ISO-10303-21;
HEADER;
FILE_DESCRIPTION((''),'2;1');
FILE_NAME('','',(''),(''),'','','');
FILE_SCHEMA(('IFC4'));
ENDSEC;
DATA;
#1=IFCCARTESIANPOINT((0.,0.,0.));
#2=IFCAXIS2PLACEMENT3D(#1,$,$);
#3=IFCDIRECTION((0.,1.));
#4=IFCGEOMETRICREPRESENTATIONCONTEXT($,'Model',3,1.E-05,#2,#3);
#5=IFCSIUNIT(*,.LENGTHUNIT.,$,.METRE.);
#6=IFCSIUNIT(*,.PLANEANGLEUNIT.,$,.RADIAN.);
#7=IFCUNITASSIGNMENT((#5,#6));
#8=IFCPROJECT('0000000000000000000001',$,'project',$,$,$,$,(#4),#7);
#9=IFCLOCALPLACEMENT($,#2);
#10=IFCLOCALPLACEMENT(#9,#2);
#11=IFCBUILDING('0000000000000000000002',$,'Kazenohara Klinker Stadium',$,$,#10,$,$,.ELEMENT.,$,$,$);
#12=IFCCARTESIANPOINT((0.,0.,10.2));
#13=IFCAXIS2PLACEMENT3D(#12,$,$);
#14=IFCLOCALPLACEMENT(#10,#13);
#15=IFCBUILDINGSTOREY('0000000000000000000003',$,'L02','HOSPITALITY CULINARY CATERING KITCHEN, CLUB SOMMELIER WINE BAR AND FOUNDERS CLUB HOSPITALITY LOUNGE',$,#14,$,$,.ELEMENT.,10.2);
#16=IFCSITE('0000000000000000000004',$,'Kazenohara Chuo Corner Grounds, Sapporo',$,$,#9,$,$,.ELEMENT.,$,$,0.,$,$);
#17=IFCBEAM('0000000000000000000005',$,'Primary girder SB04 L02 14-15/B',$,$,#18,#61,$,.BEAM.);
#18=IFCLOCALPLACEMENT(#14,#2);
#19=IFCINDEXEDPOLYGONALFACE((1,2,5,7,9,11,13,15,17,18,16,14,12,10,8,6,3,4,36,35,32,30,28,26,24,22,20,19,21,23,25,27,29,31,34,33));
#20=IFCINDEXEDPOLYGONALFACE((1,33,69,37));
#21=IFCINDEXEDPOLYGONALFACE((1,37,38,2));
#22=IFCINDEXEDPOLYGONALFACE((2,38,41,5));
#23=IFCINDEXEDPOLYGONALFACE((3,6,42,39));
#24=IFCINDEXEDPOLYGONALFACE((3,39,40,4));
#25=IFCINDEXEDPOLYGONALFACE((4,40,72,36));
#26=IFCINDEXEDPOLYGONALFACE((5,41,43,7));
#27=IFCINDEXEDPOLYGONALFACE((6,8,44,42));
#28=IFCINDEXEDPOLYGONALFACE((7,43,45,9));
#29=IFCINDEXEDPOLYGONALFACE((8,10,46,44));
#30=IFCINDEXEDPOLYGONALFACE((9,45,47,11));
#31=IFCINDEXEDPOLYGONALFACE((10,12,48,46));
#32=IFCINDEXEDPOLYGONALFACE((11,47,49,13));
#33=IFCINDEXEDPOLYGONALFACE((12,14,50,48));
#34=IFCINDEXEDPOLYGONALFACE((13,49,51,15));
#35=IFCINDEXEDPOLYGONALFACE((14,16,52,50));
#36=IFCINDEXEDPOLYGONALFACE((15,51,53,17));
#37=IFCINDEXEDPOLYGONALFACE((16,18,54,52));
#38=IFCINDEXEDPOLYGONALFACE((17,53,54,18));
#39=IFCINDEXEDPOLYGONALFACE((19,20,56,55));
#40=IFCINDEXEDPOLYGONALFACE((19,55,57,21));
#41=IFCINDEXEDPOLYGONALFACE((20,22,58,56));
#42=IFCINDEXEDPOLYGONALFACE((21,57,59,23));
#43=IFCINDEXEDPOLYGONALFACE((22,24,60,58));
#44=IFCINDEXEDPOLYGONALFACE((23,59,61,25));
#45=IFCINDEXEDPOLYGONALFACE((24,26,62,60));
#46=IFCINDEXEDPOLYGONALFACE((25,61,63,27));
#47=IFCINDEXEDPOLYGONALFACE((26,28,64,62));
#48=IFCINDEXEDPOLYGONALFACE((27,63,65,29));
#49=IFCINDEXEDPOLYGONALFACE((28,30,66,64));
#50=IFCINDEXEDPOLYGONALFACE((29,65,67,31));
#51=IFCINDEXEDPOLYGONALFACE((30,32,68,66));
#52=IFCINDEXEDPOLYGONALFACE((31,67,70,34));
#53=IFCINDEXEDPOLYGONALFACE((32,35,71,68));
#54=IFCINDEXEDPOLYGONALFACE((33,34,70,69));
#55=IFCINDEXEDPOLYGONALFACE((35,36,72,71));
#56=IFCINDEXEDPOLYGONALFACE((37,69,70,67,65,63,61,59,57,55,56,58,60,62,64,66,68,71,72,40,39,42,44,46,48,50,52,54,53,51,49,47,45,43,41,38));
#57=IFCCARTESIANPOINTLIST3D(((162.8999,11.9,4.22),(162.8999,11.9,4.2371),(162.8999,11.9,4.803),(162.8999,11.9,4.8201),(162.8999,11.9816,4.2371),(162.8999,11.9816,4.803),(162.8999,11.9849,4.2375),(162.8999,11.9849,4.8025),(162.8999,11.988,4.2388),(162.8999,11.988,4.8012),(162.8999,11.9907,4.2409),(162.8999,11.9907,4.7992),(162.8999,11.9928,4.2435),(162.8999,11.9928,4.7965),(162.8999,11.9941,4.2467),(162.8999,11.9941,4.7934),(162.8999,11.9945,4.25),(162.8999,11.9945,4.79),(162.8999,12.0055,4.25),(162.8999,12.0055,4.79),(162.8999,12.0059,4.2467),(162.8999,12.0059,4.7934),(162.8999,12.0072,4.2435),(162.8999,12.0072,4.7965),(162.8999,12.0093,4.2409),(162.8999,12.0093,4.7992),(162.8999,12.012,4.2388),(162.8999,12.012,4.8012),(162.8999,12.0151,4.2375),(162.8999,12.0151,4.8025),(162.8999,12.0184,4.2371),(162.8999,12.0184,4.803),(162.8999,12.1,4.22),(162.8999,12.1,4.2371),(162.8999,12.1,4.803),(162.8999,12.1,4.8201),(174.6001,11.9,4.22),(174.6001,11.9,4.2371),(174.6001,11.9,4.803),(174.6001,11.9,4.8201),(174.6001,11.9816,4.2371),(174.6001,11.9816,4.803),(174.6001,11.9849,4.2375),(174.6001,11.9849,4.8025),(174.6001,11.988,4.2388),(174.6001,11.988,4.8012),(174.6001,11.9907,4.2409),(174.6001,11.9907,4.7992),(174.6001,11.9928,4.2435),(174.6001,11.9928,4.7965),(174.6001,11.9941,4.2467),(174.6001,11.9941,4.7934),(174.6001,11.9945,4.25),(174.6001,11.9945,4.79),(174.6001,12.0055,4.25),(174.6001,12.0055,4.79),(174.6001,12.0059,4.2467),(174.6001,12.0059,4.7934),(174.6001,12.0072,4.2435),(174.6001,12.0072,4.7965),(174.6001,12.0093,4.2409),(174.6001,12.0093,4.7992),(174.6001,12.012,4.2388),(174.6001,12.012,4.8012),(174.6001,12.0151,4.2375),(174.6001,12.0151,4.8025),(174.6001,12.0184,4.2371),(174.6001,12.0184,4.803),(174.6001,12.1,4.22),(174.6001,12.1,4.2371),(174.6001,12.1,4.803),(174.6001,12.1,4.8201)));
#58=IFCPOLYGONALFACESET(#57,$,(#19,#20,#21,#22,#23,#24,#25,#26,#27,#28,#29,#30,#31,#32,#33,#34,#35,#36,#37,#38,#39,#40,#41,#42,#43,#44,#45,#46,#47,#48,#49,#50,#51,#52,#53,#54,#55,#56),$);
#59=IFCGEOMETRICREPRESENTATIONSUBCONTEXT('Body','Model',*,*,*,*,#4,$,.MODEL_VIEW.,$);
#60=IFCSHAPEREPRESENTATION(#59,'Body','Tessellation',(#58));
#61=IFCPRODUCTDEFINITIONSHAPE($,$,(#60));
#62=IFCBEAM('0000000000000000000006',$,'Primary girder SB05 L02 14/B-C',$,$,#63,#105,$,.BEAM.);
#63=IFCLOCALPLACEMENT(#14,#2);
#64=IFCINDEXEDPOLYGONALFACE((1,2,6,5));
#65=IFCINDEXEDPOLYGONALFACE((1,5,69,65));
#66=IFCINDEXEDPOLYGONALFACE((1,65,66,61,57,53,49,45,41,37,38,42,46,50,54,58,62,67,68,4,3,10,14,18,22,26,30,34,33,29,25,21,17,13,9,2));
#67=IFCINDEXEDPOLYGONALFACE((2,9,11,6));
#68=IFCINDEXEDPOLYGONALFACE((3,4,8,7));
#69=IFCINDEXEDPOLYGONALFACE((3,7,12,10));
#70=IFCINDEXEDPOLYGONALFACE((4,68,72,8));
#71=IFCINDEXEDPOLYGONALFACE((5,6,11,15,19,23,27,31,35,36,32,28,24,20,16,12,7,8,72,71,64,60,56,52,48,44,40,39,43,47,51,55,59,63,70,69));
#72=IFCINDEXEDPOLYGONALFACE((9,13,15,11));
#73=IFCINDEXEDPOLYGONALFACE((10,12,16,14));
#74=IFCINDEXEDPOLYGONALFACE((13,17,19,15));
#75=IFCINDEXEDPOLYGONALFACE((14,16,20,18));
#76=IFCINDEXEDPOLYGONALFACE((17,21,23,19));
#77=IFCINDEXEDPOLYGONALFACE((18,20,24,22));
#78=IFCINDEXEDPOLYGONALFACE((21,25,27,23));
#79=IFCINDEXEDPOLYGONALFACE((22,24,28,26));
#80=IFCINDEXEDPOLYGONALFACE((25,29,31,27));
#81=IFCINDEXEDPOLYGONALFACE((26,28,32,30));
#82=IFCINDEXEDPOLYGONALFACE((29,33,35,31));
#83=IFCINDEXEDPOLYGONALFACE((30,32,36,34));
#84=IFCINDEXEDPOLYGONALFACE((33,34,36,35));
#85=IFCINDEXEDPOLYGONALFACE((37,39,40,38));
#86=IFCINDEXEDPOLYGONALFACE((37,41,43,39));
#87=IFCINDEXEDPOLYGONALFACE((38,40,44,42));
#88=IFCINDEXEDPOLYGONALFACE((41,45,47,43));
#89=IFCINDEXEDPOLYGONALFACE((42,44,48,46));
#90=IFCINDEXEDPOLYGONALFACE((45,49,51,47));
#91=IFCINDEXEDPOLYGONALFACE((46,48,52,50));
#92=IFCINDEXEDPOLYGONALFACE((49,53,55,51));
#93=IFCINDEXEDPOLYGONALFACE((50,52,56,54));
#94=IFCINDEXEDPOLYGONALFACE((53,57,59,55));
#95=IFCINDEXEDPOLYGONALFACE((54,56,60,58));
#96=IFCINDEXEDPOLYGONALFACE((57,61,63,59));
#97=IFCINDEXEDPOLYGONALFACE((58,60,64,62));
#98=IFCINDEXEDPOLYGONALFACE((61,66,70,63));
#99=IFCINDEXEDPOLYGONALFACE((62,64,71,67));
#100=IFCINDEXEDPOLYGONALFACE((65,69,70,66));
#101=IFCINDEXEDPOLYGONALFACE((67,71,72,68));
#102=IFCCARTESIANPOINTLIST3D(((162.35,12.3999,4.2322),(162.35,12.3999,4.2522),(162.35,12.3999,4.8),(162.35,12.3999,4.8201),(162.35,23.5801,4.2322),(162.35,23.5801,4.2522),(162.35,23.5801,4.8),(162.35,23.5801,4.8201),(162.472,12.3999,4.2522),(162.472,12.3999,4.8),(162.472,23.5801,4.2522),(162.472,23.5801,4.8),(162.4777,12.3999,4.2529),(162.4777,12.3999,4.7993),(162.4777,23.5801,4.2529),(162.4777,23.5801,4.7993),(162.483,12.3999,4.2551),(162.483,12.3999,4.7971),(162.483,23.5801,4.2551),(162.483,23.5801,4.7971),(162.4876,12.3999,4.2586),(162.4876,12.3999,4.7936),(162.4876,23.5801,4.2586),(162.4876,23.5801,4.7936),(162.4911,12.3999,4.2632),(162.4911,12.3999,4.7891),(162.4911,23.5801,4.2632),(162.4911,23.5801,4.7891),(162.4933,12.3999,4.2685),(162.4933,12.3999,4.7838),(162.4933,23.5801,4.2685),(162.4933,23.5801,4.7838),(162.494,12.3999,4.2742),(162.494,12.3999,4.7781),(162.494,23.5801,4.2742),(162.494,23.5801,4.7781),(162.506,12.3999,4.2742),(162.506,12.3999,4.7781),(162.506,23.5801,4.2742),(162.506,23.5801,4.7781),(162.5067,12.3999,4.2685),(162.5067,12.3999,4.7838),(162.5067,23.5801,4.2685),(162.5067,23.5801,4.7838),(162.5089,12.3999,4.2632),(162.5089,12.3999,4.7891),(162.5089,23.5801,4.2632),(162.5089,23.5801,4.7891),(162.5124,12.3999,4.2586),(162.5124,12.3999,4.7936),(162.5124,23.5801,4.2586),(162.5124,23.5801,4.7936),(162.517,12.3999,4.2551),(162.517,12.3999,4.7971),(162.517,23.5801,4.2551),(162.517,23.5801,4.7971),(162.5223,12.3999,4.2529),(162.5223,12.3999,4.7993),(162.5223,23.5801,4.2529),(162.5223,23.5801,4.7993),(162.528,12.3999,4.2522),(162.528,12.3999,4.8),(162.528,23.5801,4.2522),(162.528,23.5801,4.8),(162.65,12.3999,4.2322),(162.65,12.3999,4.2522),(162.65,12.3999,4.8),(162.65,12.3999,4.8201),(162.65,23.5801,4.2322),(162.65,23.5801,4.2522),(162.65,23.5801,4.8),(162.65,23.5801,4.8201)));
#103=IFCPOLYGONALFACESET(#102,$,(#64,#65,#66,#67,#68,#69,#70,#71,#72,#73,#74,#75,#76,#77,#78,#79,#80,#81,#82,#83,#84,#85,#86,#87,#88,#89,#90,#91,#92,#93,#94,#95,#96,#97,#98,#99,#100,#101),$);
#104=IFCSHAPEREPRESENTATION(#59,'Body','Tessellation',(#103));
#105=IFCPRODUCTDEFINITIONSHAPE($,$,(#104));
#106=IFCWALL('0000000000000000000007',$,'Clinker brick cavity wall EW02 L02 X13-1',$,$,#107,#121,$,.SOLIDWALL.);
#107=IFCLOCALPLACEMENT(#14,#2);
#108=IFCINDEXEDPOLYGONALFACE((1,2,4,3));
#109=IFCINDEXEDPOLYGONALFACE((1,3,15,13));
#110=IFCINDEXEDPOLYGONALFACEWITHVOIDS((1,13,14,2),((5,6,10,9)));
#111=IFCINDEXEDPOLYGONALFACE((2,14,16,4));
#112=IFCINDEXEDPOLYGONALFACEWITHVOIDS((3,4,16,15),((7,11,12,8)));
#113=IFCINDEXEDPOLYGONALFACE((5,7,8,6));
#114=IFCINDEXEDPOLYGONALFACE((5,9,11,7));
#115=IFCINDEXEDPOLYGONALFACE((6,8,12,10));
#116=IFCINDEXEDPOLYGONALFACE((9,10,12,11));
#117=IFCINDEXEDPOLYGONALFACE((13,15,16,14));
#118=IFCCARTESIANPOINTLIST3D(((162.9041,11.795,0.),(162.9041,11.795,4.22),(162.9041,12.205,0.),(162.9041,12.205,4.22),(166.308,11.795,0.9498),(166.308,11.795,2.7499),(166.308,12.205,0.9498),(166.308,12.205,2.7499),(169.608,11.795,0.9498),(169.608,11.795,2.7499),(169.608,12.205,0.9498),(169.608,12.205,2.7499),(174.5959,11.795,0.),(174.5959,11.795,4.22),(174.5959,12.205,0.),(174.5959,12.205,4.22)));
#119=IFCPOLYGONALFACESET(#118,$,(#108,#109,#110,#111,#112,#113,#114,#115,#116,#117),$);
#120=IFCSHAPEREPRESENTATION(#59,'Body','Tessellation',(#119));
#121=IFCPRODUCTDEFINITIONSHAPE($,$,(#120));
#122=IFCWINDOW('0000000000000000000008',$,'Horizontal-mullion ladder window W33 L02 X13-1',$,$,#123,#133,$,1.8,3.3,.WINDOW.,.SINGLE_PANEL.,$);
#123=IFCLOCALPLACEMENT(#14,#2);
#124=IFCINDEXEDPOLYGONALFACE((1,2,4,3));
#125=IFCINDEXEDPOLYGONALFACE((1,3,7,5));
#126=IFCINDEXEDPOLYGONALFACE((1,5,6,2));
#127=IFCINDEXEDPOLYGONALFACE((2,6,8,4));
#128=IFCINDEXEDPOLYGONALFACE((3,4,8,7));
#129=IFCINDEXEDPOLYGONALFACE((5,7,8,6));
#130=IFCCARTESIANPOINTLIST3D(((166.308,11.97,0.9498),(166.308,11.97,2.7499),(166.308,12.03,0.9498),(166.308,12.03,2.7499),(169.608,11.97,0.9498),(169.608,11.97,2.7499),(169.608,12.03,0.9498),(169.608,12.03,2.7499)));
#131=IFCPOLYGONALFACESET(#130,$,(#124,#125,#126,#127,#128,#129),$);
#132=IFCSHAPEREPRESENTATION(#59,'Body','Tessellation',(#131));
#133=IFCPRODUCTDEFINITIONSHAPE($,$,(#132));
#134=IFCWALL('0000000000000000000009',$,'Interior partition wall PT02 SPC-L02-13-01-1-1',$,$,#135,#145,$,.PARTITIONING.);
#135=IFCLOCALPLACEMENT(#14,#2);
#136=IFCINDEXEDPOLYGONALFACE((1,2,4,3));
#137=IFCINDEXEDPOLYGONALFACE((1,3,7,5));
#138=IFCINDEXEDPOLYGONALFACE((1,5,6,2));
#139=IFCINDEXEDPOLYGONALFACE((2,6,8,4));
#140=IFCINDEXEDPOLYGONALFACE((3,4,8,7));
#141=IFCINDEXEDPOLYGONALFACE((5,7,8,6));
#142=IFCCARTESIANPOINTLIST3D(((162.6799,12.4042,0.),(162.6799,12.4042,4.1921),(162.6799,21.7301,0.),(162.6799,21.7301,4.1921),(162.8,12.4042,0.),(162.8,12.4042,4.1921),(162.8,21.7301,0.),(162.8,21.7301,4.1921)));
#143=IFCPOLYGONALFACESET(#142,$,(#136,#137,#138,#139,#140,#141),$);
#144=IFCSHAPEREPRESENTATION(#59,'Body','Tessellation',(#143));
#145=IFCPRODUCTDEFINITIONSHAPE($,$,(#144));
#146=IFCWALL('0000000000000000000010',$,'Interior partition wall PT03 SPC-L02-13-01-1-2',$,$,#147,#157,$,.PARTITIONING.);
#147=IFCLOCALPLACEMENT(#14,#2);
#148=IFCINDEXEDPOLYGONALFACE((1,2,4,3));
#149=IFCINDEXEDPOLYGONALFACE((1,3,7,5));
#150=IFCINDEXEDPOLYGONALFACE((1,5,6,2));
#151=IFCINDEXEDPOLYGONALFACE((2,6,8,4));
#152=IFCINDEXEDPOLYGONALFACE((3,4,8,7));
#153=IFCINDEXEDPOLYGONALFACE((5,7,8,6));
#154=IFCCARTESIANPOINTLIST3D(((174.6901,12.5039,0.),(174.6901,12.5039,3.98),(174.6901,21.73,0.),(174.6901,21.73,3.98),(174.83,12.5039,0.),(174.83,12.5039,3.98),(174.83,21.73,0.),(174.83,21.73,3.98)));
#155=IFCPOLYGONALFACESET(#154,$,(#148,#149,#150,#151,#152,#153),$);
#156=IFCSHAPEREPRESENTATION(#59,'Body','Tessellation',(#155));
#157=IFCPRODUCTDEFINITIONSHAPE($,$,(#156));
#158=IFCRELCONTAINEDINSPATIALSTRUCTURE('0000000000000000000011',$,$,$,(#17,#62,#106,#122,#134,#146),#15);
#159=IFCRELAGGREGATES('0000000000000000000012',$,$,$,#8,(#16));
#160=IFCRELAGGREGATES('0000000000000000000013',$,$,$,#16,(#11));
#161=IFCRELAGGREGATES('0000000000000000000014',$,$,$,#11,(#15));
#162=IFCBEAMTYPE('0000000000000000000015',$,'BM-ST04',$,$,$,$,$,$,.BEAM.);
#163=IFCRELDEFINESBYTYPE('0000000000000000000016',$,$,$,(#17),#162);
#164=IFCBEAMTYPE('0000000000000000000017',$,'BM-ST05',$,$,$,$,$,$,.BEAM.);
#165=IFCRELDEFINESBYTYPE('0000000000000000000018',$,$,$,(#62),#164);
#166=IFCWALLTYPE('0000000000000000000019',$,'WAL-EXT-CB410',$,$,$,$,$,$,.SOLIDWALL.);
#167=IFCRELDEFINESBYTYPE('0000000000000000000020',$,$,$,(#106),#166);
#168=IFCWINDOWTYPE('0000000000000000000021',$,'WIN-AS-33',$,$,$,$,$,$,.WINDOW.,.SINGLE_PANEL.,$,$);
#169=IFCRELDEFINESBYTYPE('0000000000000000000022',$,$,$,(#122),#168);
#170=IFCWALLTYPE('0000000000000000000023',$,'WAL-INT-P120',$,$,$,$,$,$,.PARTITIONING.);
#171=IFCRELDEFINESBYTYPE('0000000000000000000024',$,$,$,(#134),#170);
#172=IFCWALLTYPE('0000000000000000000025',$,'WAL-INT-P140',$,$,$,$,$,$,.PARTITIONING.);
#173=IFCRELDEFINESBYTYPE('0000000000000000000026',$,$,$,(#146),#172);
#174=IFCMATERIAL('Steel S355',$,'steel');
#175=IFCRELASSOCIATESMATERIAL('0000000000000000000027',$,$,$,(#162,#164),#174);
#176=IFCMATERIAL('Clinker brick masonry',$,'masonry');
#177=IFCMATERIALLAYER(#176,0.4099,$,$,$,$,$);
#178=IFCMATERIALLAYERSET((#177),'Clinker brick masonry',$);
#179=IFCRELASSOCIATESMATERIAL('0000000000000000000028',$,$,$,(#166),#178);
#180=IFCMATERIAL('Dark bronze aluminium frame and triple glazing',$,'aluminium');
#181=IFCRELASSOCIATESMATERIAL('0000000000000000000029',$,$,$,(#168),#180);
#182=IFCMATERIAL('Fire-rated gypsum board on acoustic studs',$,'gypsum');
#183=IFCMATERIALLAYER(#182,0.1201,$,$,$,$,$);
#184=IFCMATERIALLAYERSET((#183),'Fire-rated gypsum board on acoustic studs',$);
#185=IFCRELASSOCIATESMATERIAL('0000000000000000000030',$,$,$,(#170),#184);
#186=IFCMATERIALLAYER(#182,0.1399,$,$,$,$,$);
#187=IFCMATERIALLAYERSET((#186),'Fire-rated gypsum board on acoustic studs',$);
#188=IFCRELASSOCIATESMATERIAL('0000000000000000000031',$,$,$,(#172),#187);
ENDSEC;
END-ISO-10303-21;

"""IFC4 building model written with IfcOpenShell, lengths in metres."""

from ifc_helpers import new_model, si_unit, direction, frame, frame_2d, origin, origin_2d, place, context, subcontext, project, spatial, rectangle, i_section, extrude, material, layer, layer_set, material_profile, profile_set, type_object, element, fill, save


model = new_model("IFC4")

# Units and contexts
model_context = context("Model", 3, precision=1e-05, world=origin(), true_north=direction((0.0, 1.0)))
body_context = subcontext(model_context, "Body", "Model", "MODEL_VIEW")
ifc_project = project(units=[si_unit("LENGTHUNIT", "METRE"), si_unit("PLANEANGLEUNIT", "RADIAN")], contexts=[model_context])

# Site, building, storey
site_placement = place(None, origin())
site = spatial("IfcSite", under=ifc_project, at=site_placement, Name="Kazenohara Chuo Corner Grounds, Sapporo", CompositionType="ELEMENT", RefElevation=0.0)
building_placement = place(site_placement, origin())
building = spatial("IfcBuilding", under=site, at=building_placement, Name="Kazenohara Klinker Stadium", CompositionType="ELEMENT")
storey_placement = place(building_placement, frame((0.0, 0.0, 10.2)))
storey = spatial("IfcBuildingStorey", under=building, at=storey_placement, Name="L02", Description="HOSPITALITY CULINARY CATERING KITCHEN, CLUB SOMMELIER WINE BAR AND FOUNDERS CLUB HOSPITALITY LOUNGE", CompositionType="ELEMENT", Elevation=10.2)

# Beams
ifc_material_1 = material(Name="Steel S355", Category="steel")
ifc_material_profile_1 = material_profile(ifc_material_1, i_section(OverallWidth=0.2, OverallDepth=0.6001, WebThickness=0.011, FlangeThickness=0.0171, FilletRadius=0.0129, at=origin_2d()), Name="H-600x200x11x17")
ifc_profile_set_1 = profile_set([ifc_material_profile_1], Name="Steel S355")
beam_type_1 = type_object("IfcBeamType", Name="BM-ST04", PredefinedType="BEAM", material=ifc_profile_set_1)
beam_1_placement = place(storey_placement, frame((162.8999, 12.0, 4.52), z_axis=(1.0, 0.0, 0.0), x_axis=(0.0, 1.0, 0.0)))
element("IfcBeam", 1, at=beam_1_placement, inside=storey, type_object=beam_type_1, Name="Primary girder SB04 L02 14-15/B", PredefinedType="BEAM", context=body_context, shape_type="SweptSolid", body=[
    extrude(i_section(OverallWidth=0.2, OverallDepth=0.6001, WebThickness=0.011, FlangeThickness=0.0171, FilletRadius=0.0129, at=origin_2d()), origin(), (0.0, 0.0, 1.0), 11.7002),
])
ifc_material_profile_2 = material_profile(ifc_material_1, i_section(OverallWidth=0.3, OverallDepth=0.5879, WebThickness=0.012, FlangeThickness=0.02, FilletRadius=0.022, at=origin_2d()), Name="H-588x300x12x20")
ifc_profile_set_2 = profile_set([ifc_material_profile_2], Name="Steel S355")
beam_type_2 = type_object("IfcBeamType", Name="BM-ST05", PredefinedType="BEAM", material=ifc_profile_set_2)
beam_2_placement = place(storey_placement, frame((162.5, 12.3999, 4.5261), z_axis=(0.0, 1.0, 0.0), x_axis=(-1.0, 0.0, 0.0)))
element("IfcBeam", 2, at=beam_2_placement, inside=storey, type_object=beam_type_2, Name="Primary girder SB05 L02 14/B-C", PredefinedType="BEAM", context=body_context, shape_type="SweptSolid", body=[
    extrude(i_section(OverallWidth=0.3, OverallDepth=0.5879, WebThickness=0.012, FlangeThickness=0.02, FilletRadius=0.022, at=origin_2d()), origin(), (0.0, 0.0, 1.0), 11.1802),
])

# Wall, opening, window
ifc_material_2 = material(Name="Clinker brick masonry", Category="masonry")
ifc_layer_1 = layer(ifc_material_2, 0.4099)
ifc_layer_set_1 = layer_set([ifc_layer_1], Name="Clinker brick masonry")
wall_type_1 = type_object("IfcWallType", Name="WAL-EXT-CB410", PredefinedType="SOLIDWALL", material=ifc_layer_set_1)
wall_1_placement = place(storey_placement, frame((162.9041, 12.0, 0.0), z_axis=(0.0, 0.0, 1.0), x_axis=(1.0, 0.0, 0.0)))
wall_1 = element("IfcWall", 3, at=wall_1_placement, inside=storey, type_object=wall_type_1, Name="Clinker brick cavity wall EW02 L02 X13-1", PredefinedType="SOLIDWALL", context=body_context, shape_type="SweptSolid", body=[
    extrude(rectangle(XDim=11.6919, YDim=0.4099, at=frame_2d((5.8459, 0.0))), origin(), (0.0, 0.0, 1.0), 4.22),
])
opening_1_placement = place(wall_1_placement, frame((3.4041, 0.0, 0.95)))
opening_1 = element("IfcOpeningElement", 4, at=opening_1_placement, cuts=wall_1, PredefinedType="OPENING", context=body_context, shape_type="SweptSolid", body=[
    extrude(rectangle(XDim=3.3, YDim=1.8, at=frame_2d((1.6499, 0.8999))), frame((0.0, 0.2148, 0.0), z_axis=(0.0, -1.0, 0.0), x_axis=(1.0, 0.0, 0.0)), (0.0, 0.0, 1.0), 0.4299),
])
ifc_material_3 = material(Name="Dark bronze aluminium frame and triple glazing", Category="aluminium")
window_type = type_object("IfcWindowType", Name="WIN-AS-33", PartitioningType="SINGLE_PANEL", PredefinedType="WINDOW", material=ifc_material_3)
window_placement = place(opening_1_placement, origin())
window = element("IfcWindow", 5, at=window_placement, inside=storey, type_object=window_type, Name="Horizontal-mullion ladder window W33 L02 X13-1", OverallHeight=1.8, OverallWidth=3.3, PartitioningType="SINGLE_PANEL", PredefinedType="WINDOW", context=body_context, shape_type="SweptSolid", body=[
    extrude(rectangle(XDim=3.3, YDim=1.8, at=frame_2d((1.6499, 0.8999))), frame((0.0, 0.03, 0.0), z_axis=(0.0, -1.0, 0.0), x_axis=(1.0, 0.0, 0.0)), (0.0, 0.0, 1.0), 0.0601),
])
fill(opening_1, window)

# Walls
ifc_material_4 = material(Name="Fire-rated gypsum board on acoustic studs", Category="gypsum")
ifc_layer_2 = layer(ifc_material_4, 0.1201)
ifc_layer_set_2 = layer_set([ifc_layer_2], Name="Fire-rated gypsum board on acoustic studs")
wall_type_2 = type_object("IfcWallType", Name="WAL-INT-P120", PredefinedType="PARTITIONING", material=ifc_layer_set_2)
wall_2_placement = place(storey_placement, frame((162.74, 12.4041, 0.0), z_axis=(0.0, 0.0, 1.0), x_axis=(0.0, 1.0, 0.0)))
element("IfcWall", 6, at=wall_2_placement, inside=storey, type_object=wall_type_2, Name="Interior partition wall PT02 SPC-L02-13-01-1-1", PredefinedType="PARTITIONING", context=body_context, shape_type="SweptSolid", body=[
    extrude(rectangle(XDim=9.3259, YDim=0.1201, at=frame_2d((4.6631, 0.0))), origin(), (0.0, 0.0, 1.0), 4.1921),
])
ifc_layer_3 = layer(ifc_material_4, 0.1399)
ifc_layer_set_3 = layer_set([ifc_layer_3], Name="Fire-rated gypsum board on acoustic studs")
wall_type_3 = type_object("IfcWallType", Name="WAL-INT-P140", PredefinedType="PARTITIONING", material=ifc_layer_set_3)
wall_3_placement = place(storey_placement, frame((174.76, 12.5039, 0.0), z_axis=(0.0, 0.0, 1.0), x_axis=(0.0, 1.0, 0.0)))
element("IfcWall", 7, at=wall_3_placement, inside=storey, type_object=wall_type_3, Name="Interior partition wall PT03 SPC-L02-13-01-1-2", PredefinedType="PARTITIONING", context=body_context, shape_type="SweptSolid", body=[
    extrude(rectangle(XDim=9.2261, YDim=0.1399, at=frame_2d((4.613, 0.0))), origin(), (0.0, 0.0, 1.0), 3.98),
])

save(model, "model.ifc")
